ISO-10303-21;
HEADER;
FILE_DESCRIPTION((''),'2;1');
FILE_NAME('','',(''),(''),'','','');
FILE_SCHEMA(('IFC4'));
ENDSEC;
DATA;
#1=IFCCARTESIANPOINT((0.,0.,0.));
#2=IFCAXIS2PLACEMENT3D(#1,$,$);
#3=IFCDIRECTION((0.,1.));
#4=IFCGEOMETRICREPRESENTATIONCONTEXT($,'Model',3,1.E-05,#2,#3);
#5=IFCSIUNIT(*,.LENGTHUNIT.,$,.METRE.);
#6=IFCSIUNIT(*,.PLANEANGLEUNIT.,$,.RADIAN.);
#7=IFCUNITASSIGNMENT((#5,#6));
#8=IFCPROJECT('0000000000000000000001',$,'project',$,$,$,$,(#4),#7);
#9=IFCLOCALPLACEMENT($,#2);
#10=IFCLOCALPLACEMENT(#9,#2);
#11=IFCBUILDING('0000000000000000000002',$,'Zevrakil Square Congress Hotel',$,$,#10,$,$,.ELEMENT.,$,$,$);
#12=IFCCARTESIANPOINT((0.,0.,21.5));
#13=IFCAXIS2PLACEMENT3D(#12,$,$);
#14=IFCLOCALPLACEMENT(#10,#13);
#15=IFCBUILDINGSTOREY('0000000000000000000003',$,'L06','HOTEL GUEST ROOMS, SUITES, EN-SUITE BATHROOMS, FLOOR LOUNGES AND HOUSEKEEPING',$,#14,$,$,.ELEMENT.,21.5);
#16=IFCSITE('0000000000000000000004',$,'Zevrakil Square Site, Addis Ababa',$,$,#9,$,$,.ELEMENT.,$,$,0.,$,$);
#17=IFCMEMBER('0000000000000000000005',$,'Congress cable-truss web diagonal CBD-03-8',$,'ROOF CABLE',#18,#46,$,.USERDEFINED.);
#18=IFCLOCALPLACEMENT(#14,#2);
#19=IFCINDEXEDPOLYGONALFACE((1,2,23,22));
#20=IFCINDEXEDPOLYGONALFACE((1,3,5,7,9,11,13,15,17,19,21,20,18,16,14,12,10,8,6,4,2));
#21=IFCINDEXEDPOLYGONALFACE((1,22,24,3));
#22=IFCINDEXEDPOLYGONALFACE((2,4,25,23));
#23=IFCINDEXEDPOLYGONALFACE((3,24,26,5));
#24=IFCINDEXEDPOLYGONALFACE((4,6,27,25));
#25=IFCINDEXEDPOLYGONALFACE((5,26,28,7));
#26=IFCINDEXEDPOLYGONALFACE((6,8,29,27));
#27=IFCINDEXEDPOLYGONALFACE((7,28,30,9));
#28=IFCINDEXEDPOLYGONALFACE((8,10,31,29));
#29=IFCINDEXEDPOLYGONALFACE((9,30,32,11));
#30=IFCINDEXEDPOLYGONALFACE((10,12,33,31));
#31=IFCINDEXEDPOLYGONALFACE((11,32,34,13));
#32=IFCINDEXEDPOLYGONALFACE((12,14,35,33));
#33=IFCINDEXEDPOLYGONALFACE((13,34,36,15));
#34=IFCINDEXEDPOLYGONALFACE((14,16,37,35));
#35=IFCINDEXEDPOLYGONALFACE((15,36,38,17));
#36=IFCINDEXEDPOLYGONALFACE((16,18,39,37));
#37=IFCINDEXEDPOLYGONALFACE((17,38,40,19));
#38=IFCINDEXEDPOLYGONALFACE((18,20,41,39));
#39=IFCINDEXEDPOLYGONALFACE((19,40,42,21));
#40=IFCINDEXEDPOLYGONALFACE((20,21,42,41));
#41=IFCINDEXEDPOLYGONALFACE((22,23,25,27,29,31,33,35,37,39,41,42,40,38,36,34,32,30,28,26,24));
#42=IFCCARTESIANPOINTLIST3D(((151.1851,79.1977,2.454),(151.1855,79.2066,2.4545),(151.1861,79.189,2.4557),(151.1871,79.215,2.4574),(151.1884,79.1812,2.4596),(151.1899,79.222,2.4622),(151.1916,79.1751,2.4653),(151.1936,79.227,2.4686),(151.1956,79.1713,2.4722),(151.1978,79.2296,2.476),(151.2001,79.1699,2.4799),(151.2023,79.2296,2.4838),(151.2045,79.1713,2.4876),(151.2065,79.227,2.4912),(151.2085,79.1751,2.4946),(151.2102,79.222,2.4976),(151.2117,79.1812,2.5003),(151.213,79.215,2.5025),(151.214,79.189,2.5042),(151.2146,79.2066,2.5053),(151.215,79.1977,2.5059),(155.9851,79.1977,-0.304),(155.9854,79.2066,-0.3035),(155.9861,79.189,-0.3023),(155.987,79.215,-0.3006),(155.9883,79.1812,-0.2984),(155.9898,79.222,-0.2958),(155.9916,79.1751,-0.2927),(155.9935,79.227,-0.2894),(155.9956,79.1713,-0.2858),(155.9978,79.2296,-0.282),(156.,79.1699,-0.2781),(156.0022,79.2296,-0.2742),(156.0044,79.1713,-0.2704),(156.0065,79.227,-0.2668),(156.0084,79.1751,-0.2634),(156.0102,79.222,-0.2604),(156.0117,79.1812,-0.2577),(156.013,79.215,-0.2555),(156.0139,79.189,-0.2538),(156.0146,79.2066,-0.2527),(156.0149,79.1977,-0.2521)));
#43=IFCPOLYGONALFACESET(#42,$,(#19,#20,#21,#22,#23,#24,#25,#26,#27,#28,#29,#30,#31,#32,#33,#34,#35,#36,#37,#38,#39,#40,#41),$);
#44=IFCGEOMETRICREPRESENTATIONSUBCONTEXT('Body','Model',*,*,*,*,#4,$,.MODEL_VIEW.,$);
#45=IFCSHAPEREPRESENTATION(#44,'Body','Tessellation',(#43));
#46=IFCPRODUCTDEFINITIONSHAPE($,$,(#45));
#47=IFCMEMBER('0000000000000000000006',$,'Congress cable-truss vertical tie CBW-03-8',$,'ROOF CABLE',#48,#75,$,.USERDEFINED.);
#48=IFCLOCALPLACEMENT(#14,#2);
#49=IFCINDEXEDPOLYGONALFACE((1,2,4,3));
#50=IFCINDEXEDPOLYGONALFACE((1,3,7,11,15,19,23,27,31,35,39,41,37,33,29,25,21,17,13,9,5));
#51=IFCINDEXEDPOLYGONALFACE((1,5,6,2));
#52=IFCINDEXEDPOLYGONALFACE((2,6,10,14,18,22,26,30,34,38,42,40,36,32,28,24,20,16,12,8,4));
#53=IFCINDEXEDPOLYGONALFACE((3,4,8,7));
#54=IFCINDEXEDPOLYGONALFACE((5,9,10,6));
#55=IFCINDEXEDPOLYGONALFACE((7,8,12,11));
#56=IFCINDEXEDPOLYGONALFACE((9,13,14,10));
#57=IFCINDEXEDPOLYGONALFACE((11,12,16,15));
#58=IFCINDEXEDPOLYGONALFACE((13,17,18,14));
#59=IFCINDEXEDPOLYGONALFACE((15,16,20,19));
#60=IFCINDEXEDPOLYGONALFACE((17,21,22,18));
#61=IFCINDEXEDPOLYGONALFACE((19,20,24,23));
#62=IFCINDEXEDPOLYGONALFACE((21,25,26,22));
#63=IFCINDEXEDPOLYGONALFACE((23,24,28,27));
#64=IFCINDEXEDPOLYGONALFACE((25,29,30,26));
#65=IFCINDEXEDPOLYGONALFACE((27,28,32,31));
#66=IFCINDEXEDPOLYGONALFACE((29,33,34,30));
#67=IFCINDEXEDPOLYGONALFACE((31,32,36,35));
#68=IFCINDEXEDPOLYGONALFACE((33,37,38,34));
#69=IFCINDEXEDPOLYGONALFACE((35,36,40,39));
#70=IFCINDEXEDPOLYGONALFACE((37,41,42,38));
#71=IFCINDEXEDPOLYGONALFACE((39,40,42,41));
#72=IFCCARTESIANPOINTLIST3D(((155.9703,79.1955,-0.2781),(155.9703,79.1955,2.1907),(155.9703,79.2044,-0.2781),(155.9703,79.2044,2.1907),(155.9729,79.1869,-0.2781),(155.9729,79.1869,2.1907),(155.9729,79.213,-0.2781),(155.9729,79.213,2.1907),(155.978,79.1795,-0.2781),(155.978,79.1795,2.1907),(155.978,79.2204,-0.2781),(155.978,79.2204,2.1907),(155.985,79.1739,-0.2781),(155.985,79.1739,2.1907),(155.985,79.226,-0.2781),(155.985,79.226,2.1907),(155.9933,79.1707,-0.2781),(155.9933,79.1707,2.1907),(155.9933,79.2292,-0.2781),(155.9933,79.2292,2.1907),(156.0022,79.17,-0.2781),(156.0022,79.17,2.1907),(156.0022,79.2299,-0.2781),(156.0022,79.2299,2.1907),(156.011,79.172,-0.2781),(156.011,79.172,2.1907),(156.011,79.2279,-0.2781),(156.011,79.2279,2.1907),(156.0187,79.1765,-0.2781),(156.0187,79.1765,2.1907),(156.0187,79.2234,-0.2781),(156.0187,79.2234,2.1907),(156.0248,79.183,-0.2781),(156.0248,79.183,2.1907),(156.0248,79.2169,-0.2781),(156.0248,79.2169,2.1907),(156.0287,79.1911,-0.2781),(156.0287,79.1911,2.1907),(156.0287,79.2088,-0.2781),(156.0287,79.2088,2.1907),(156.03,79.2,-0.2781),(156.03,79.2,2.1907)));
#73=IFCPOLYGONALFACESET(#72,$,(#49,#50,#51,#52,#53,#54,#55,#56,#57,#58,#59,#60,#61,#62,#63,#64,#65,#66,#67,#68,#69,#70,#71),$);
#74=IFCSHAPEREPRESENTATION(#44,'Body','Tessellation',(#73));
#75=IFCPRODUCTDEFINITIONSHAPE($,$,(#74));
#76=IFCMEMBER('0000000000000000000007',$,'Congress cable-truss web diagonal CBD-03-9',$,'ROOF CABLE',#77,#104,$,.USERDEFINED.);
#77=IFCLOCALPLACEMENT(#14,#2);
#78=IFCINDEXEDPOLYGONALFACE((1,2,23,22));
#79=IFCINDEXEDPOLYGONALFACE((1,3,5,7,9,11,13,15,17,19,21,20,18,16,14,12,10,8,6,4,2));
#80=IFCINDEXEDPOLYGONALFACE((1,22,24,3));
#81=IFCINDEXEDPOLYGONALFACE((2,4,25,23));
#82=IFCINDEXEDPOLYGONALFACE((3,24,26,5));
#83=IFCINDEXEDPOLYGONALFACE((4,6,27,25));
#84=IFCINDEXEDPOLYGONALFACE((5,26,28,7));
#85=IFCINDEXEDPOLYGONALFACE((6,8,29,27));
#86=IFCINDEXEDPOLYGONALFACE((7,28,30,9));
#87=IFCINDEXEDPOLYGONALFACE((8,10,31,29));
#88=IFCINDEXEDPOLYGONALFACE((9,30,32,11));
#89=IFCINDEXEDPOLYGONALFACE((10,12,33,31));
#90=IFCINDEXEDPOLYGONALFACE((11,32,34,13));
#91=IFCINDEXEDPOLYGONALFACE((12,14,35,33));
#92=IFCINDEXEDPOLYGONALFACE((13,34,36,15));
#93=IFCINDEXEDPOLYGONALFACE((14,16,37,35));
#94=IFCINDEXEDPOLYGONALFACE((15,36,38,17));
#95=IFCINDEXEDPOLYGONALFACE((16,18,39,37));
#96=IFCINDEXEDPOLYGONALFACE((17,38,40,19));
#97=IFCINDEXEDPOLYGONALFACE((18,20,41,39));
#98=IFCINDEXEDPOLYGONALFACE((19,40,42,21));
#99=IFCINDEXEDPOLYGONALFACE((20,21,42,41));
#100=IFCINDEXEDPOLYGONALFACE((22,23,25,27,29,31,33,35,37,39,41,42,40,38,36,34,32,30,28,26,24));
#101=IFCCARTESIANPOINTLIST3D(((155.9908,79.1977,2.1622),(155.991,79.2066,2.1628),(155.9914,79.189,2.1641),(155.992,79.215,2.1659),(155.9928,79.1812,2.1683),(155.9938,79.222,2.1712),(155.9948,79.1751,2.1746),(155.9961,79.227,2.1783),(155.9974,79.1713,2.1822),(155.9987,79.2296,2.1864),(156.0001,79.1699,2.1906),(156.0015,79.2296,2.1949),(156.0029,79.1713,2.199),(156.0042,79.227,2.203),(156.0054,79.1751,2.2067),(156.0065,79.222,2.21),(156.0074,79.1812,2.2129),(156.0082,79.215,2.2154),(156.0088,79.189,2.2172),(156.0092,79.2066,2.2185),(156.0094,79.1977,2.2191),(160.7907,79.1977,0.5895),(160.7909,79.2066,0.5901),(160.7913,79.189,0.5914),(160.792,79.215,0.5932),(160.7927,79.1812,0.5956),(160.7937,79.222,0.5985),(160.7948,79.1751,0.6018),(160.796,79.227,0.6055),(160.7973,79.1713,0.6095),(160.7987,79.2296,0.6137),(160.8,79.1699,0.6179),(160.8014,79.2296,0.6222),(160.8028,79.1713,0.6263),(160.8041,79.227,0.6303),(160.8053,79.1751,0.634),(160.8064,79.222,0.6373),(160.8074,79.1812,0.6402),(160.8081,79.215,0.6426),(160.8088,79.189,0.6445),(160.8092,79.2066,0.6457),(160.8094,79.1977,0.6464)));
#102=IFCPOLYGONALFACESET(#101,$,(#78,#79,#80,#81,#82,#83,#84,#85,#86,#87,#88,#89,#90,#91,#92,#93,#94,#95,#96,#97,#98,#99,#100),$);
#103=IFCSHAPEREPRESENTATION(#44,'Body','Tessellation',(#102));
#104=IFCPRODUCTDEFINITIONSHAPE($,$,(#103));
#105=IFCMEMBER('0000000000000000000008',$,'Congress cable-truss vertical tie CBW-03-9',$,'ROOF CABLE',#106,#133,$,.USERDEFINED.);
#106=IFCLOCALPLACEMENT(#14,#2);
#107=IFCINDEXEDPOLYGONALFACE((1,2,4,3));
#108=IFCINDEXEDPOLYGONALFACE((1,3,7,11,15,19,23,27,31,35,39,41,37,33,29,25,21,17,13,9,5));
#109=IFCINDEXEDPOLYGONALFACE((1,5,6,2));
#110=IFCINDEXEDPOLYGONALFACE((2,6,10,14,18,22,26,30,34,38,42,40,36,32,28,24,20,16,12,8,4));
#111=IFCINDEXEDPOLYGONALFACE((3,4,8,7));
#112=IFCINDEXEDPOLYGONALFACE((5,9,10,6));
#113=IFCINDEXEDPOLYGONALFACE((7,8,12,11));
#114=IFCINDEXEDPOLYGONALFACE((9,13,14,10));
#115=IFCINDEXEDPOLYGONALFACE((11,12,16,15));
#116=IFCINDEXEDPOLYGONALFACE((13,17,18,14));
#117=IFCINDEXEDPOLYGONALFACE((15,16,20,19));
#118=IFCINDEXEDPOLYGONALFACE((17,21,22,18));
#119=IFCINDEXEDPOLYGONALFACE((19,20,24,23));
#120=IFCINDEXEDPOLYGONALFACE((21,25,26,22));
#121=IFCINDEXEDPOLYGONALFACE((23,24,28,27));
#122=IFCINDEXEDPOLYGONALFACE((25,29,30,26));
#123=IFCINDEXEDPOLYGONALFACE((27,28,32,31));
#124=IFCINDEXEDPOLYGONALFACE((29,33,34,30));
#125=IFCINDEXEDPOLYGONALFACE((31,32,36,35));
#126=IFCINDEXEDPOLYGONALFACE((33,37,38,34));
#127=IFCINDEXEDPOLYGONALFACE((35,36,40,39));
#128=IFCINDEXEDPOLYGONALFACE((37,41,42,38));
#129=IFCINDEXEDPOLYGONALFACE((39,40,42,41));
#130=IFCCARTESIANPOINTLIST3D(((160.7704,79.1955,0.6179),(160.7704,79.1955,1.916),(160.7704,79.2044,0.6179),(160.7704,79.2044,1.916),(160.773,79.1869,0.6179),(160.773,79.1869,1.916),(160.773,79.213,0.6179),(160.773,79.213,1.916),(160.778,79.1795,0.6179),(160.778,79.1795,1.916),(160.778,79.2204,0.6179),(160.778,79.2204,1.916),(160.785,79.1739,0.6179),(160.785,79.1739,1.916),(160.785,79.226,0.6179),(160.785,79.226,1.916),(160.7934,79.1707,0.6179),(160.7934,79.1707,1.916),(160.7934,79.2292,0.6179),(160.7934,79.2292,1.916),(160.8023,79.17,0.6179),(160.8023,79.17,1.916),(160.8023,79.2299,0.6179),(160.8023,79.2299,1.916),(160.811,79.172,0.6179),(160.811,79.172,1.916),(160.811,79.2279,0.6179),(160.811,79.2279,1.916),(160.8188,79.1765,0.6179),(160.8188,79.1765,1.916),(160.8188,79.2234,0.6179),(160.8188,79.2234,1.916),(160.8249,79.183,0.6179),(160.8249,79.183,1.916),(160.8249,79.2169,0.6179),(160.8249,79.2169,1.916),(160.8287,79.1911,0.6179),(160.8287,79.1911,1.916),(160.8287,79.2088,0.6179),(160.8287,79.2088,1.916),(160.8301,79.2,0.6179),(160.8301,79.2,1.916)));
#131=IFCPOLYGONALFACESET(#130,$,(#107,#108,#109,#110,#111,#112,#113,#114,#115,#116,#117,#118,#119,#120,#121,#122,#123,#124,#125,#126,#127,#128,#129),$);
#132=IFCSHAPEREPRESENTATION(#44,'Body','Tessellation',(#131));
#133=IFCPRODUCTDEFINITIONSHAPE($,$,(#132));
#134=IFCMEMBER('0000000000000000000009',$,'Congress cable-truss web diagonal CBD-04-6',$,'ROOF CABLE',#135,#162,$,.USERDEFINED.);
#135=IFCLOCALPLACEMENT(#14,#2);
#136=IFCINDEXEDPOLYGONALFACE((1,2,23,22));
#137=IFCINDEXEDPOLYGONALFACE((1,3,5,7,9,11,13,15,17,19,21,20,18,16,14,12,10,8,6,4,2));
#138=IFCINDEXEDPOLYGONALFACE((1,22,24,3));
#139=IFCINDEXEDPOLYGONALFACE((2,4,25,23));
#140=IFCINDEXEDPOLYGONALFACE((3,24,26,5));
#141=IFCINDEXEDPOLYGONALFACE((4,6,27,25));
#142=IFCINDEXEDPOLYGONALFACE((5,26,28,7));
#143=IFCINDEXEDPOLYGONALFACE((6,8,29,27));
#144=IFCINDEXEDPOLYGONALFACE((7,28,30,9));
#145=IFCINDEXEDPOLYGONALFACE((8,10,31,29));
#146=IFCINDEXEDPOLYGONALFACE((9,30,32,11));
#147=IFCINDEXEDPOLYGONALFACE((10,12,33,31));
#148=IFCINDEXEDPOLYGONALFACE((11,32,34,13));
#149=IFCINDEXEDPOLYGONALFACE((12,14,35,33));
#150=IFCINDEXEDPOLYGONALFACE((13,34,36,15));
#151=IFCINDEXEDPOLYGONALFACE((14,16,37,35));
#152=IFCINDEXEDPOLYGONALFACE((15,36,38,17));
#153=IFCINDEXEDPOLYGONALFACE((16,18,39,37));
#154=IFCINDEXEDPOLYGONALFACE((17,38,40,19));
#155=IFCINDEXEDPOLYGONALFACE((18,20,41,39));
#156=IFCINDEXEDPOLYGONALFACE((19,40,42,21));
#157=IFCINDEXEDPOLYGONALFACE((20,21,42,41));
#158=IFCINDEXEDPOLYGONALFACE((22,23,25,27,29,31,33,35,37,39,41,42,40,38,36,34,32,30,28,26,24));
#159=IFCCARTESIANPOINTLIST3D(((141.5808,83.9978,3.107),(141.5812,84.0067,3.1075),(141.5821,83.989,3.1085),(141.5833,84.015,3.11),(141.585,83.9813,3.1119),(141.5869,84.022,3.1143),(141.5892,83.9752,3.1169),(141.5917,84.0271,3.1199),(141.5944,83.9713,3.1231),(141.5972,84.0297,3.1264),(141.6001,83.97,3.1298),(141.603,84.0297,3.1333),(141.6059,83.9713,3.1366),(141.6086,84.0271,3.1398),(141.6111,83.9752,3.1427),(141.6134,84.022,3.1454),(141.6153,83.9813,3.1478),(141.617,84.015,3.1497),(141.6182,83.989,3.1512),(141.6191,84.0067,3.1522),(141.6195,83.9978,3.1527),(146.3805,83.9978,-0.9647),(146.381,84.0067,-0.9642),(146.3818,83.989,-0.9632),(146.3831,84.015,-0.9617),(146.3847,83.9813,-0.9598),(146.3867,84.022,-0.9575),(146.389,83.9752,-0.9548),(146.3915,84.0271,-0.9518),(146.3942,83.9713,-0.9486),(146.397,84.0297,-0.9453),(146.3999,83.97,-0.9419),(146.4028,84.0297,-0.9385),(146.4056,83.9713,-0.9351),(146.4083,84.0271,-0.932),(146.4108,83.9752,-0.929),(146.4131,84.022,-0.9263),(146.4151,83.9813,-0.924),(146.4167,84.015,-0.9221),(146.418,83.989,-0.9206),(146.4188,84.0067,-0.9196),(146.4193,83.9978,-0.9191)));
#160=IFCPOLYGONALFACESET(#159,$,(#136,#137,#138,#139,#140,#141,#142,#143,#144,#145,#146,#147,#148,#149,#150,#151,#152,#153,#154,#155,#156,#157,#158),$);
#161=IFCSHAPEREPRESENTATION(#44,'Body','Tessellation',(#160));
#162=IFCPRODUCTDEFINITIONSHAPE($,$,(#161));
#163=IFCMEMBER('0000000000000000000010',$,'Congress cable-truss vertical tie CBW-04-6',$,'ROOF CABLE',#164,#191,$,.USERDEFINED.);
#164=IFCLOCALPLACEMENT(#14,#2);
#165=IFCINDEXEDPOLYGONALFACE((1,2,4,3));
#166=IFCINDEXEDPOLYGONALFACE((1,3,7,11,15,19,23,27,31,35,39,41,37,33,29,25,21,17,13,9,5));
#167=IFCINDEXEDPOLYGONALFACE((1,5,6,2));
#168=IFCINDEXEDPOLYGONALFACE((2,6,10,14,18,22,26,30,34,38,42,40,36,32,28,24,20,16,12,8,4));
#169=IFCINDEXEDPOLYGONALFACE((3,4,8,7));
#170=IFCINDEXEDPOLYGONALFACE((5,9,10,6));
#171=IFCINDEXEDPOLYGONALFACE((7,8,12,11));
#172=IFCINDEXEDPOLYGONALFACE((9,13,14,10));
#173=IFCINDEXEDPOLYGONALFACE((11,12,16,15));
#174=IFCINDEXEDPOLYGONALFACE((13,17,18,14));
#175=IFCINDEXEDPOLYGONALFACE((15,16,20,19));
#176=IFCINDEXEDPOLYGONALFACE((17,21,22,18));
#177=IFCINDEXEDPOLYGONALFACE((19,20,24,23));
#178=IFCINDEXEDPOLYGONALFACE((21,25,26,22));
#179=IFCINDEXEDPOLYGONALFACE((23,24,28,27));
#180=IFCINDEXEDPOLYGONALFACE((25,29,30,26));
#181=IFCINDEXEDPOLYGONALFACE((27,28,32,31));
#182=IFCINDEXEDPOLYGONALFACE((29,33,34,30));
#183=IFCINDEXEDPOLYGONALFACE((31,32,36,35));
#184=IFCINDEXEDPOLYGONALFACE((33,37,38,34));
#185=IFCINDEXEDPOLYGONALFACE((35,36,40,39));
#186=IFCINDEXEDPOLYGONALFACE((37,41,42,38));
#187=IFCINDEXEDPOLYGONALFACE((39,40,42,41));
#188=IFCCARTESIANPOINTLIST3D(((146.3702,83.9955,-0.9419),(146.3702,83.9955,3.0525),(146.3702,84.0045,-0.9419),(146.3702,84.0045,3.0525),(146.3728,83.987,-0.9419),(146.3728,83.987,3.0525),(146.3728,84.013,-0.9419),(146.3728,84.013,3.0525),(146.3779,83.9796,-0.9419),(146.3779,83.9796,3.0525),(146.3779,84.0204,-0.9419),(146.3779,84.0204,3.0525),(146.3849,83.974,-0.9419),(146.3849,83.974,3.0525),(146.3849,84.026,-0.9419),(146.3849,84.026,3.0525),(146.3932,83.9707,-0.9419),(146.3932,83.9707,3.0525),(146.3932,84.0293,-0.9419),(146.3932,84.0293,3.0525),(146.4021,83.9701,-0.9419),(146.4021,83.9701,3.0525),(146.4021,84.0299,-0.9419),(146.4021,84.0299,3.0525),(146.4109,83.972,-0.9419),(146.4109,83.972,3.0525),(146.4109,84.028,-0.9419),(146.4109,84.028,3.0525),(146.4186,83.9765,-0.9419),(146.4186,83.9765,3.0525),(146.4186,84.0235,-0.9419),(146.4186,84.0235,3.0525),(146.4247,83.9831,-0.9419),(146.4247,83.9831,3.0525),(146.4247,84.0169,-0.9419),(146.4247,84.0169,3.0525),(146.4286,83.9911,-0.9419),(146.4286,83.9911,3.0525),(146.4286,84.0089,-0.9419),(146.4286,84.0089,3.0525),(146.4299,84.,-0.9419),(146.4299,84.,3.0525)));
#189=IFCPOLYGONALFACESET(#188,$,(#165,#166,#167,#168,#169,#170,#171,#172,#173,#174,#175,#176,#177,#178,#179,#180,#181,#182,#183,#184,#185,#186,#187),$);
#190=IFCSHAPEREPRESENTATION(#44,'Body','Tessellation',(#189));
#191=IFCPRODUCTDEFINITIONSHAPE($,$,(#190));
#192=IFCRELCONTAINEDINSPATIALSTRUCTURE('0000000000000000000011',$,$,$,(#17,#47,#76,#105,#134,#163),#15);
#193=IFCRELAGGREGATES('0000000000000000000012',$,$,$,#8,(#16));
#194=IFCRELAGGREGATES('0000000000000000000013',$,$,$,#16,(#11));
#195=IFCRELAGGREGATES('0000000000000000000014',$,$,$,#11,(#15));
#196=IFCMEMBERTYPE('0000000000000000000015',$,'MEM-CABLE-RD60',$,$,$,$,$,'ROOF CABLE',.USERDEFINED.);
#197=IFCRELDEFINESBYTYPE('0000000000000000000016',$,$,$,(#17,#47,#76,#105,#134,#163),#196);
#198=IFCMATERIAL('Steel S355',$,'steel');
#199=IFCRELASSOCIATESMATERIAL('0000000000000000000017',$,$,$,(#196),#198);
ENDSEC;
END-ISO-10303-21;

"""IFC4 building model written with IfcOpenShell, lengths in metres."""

from ifc_helpers import new_model, si_unit, direction, frame, origin, origin_2d, place, context, subcontext, project, spatial, circle, extrude, material, material_profile, profile_set, type_object, element, save


model = new_model("IFC4")

# Units and contexts
model_context = context("Model", 3, precision=1e-05, world=origin(), true_north=direction((0.0, 1.0)))
body_context = subcontext(model_context, "Body", "Model", "MODEL_VIEW")
ifc_project = project(units=[si_unit("LENGTHUNIT", "METRE"), si_unit("PLANEANGLEUNIT", "RADIAN")], contexts=[model_context])

# Site, building, storey
site_placement = place(None, origin())
site = spatial("IfcSite", under=ifc_project, at=site_placement, Name="Zevrakil Square Site, Addis Ababa", CompositionType="ELEMENT", RefElevation=0.0)
building_placement = place(site_placement, origin())
building = spatial("IfcBuilding", under=site, at=building_placement, Name="Zevrakil Square Congress Hotel", CompositionType="ELEMENT")
storey_placement = place(building_placement, frame((0.0, 0.0, 21.5)))
storey = spatial("IfcBuildingStorey", under=building, at=storey_placement, Name="L06", Description="HOTEL GUEST ROOMS, SUITES, EN-SUITE BATHROOMS, FLOOR LOUNGES AND HOUSEKEEPING", CompositionType="ELEMENT", Elevation=21.5)

# Members
ifc_material_1 = material(Name="Steel S355", Category="steel")
ifc_material_profile_1 = material_profile(ifc_material_1, circle(Radius=0.03, at=origin_2d()), Name="CABLE RD60")
ifc_profile_set_1 = profile_set([ifc_material_profile_1], Name="Steel S355")
member_type_1 = type_object("IfcMemberType", Name="MEM-CABLE-RD60", ElementType="ROOF CABLE", PredefinedType="USERDEFINED", material=ifc_profile_set_1)
member_1_placement = place(storey_placement, frame((156.0, 79.2, -0.2781), z_axis=(-0.86706, 0.0, 0.498203), x_axis=(0.0, -1.0, 0.0)))
element("IfcMember", 1, at=member_1_placement, inside=storey, type_object=member_type_1, Name="Congress cable-truss web diagonal CBD-03-8", ObjectType="ROOF CABLE", PredefinedType="USERDEFINED", context=body_context, shape_type="SweptSolid", body=[
    extrude(circle(Radius=0.03, at=origin_2d()), origin(), (0.0, 0.0, 1.0), 5.5359),
])
member_2_placement = place(storey_placement, frame((156.0, 79.2, -0.2781), z_axis=(0.0, 0.0, 1.0), x_axis=(1.0, 0.0, 0.0)))
element("IfcMember", 2, at=member_2_placement, inside=storey, type_object=member_type_1, Name="Congress cable-truss vertical tie CBW-03-8", ObjectType="ROOF CABLE", PredefinedType="USERDEFINED", context=body_context, shape_type="SweptSolid", body=[
    extrude(circle(Radius=0.03, at=origin_2d()), origin(), (0.0, 0.0, 1.0), 2.4688),
])
member_3_placement = place(storey_placement, frame((160.8, 79.2, 0.6179), z_axis=(-0.95029, 0.0, 0.311366), x_axis=(0.0, -1.0, 0.0)))
element("IfcMember", 3, at=member_3_placement, inside=storey, type_object=member_type_1, Name="Congress cable-truss web diagonal CBD-03-9", ObjectType="ROOF CABLE", PredefinedType="USERDEFINED", context=body_context, shape_type="SweptSolid", body=[
    extrude(circle(Radius=0.03, at=origin_2d()), origin(), (0.0, 0.0, 1.0), 5.051),
])
member_4_placement = place(storey_placement, frame((160.8, 79.2, 0.6179), z_axis=(0.0, 0.0, 1.0), x_axis=(1.0, 0.0, 0.0)))
element("IfcMember", 4, at=member_4_placement, inside=storey, type_object=member_type_1, Name="Congress cable-truss vertical tie CBW-03-9", ObjectType="ROOF CABLE", PredefinedType="USERDEFINED", context=body_context, shape_type="SweptSolid", body=[
    extrude(circle(Radius=0.03, at=origin_2d()), origin(), (0.0, 0.0, 1.0), 1.2981),
])
member_5_placement = place(storey_placement, frame((146.3999, 84.0, -0.9419), z_axis=(-0.762571, 0.0, 0.646905), x_axis=(0.0, -1.0, 0.0)))
element("IfcMember", 5, at=member_5_placement, inside=storey, type_object=member_type_1, Name="Congress cable-truss web diagonal CBD-04-6", ObjectType="ROOF CABLE", PredefinedType="USERDEFINED", context=body_context, shape_type="SweptSolid", body=[
    extrude(circle(Radius=0.03, at=origin_2d()), origin(), (0.0, 0.0, 1.0), 6.2942),
])
member_6_placement = place(storey_placement, frame((146.3999, 84.0, -0.9419), z_axis=(0.0, 0.0, 1.0), x_axis=(1.0, 0.0, 0.0)))
element("IfcMember", 6, at=member_6_placement, inside=storey, type_object=member_type_1, Name="Congress cable-truss vertical tie CBW-04-6", ObjectType="ROOF CABLE", PredefinedType="USERDEFINED", context=body_context, shape_type="SweptSolid", body=[
    extrude(circle(Radius=0.03, at=origin_2d()), origin(), (0.0, 0.0, 1.0), 3.9944),
])

save(model, "model.ifc")
